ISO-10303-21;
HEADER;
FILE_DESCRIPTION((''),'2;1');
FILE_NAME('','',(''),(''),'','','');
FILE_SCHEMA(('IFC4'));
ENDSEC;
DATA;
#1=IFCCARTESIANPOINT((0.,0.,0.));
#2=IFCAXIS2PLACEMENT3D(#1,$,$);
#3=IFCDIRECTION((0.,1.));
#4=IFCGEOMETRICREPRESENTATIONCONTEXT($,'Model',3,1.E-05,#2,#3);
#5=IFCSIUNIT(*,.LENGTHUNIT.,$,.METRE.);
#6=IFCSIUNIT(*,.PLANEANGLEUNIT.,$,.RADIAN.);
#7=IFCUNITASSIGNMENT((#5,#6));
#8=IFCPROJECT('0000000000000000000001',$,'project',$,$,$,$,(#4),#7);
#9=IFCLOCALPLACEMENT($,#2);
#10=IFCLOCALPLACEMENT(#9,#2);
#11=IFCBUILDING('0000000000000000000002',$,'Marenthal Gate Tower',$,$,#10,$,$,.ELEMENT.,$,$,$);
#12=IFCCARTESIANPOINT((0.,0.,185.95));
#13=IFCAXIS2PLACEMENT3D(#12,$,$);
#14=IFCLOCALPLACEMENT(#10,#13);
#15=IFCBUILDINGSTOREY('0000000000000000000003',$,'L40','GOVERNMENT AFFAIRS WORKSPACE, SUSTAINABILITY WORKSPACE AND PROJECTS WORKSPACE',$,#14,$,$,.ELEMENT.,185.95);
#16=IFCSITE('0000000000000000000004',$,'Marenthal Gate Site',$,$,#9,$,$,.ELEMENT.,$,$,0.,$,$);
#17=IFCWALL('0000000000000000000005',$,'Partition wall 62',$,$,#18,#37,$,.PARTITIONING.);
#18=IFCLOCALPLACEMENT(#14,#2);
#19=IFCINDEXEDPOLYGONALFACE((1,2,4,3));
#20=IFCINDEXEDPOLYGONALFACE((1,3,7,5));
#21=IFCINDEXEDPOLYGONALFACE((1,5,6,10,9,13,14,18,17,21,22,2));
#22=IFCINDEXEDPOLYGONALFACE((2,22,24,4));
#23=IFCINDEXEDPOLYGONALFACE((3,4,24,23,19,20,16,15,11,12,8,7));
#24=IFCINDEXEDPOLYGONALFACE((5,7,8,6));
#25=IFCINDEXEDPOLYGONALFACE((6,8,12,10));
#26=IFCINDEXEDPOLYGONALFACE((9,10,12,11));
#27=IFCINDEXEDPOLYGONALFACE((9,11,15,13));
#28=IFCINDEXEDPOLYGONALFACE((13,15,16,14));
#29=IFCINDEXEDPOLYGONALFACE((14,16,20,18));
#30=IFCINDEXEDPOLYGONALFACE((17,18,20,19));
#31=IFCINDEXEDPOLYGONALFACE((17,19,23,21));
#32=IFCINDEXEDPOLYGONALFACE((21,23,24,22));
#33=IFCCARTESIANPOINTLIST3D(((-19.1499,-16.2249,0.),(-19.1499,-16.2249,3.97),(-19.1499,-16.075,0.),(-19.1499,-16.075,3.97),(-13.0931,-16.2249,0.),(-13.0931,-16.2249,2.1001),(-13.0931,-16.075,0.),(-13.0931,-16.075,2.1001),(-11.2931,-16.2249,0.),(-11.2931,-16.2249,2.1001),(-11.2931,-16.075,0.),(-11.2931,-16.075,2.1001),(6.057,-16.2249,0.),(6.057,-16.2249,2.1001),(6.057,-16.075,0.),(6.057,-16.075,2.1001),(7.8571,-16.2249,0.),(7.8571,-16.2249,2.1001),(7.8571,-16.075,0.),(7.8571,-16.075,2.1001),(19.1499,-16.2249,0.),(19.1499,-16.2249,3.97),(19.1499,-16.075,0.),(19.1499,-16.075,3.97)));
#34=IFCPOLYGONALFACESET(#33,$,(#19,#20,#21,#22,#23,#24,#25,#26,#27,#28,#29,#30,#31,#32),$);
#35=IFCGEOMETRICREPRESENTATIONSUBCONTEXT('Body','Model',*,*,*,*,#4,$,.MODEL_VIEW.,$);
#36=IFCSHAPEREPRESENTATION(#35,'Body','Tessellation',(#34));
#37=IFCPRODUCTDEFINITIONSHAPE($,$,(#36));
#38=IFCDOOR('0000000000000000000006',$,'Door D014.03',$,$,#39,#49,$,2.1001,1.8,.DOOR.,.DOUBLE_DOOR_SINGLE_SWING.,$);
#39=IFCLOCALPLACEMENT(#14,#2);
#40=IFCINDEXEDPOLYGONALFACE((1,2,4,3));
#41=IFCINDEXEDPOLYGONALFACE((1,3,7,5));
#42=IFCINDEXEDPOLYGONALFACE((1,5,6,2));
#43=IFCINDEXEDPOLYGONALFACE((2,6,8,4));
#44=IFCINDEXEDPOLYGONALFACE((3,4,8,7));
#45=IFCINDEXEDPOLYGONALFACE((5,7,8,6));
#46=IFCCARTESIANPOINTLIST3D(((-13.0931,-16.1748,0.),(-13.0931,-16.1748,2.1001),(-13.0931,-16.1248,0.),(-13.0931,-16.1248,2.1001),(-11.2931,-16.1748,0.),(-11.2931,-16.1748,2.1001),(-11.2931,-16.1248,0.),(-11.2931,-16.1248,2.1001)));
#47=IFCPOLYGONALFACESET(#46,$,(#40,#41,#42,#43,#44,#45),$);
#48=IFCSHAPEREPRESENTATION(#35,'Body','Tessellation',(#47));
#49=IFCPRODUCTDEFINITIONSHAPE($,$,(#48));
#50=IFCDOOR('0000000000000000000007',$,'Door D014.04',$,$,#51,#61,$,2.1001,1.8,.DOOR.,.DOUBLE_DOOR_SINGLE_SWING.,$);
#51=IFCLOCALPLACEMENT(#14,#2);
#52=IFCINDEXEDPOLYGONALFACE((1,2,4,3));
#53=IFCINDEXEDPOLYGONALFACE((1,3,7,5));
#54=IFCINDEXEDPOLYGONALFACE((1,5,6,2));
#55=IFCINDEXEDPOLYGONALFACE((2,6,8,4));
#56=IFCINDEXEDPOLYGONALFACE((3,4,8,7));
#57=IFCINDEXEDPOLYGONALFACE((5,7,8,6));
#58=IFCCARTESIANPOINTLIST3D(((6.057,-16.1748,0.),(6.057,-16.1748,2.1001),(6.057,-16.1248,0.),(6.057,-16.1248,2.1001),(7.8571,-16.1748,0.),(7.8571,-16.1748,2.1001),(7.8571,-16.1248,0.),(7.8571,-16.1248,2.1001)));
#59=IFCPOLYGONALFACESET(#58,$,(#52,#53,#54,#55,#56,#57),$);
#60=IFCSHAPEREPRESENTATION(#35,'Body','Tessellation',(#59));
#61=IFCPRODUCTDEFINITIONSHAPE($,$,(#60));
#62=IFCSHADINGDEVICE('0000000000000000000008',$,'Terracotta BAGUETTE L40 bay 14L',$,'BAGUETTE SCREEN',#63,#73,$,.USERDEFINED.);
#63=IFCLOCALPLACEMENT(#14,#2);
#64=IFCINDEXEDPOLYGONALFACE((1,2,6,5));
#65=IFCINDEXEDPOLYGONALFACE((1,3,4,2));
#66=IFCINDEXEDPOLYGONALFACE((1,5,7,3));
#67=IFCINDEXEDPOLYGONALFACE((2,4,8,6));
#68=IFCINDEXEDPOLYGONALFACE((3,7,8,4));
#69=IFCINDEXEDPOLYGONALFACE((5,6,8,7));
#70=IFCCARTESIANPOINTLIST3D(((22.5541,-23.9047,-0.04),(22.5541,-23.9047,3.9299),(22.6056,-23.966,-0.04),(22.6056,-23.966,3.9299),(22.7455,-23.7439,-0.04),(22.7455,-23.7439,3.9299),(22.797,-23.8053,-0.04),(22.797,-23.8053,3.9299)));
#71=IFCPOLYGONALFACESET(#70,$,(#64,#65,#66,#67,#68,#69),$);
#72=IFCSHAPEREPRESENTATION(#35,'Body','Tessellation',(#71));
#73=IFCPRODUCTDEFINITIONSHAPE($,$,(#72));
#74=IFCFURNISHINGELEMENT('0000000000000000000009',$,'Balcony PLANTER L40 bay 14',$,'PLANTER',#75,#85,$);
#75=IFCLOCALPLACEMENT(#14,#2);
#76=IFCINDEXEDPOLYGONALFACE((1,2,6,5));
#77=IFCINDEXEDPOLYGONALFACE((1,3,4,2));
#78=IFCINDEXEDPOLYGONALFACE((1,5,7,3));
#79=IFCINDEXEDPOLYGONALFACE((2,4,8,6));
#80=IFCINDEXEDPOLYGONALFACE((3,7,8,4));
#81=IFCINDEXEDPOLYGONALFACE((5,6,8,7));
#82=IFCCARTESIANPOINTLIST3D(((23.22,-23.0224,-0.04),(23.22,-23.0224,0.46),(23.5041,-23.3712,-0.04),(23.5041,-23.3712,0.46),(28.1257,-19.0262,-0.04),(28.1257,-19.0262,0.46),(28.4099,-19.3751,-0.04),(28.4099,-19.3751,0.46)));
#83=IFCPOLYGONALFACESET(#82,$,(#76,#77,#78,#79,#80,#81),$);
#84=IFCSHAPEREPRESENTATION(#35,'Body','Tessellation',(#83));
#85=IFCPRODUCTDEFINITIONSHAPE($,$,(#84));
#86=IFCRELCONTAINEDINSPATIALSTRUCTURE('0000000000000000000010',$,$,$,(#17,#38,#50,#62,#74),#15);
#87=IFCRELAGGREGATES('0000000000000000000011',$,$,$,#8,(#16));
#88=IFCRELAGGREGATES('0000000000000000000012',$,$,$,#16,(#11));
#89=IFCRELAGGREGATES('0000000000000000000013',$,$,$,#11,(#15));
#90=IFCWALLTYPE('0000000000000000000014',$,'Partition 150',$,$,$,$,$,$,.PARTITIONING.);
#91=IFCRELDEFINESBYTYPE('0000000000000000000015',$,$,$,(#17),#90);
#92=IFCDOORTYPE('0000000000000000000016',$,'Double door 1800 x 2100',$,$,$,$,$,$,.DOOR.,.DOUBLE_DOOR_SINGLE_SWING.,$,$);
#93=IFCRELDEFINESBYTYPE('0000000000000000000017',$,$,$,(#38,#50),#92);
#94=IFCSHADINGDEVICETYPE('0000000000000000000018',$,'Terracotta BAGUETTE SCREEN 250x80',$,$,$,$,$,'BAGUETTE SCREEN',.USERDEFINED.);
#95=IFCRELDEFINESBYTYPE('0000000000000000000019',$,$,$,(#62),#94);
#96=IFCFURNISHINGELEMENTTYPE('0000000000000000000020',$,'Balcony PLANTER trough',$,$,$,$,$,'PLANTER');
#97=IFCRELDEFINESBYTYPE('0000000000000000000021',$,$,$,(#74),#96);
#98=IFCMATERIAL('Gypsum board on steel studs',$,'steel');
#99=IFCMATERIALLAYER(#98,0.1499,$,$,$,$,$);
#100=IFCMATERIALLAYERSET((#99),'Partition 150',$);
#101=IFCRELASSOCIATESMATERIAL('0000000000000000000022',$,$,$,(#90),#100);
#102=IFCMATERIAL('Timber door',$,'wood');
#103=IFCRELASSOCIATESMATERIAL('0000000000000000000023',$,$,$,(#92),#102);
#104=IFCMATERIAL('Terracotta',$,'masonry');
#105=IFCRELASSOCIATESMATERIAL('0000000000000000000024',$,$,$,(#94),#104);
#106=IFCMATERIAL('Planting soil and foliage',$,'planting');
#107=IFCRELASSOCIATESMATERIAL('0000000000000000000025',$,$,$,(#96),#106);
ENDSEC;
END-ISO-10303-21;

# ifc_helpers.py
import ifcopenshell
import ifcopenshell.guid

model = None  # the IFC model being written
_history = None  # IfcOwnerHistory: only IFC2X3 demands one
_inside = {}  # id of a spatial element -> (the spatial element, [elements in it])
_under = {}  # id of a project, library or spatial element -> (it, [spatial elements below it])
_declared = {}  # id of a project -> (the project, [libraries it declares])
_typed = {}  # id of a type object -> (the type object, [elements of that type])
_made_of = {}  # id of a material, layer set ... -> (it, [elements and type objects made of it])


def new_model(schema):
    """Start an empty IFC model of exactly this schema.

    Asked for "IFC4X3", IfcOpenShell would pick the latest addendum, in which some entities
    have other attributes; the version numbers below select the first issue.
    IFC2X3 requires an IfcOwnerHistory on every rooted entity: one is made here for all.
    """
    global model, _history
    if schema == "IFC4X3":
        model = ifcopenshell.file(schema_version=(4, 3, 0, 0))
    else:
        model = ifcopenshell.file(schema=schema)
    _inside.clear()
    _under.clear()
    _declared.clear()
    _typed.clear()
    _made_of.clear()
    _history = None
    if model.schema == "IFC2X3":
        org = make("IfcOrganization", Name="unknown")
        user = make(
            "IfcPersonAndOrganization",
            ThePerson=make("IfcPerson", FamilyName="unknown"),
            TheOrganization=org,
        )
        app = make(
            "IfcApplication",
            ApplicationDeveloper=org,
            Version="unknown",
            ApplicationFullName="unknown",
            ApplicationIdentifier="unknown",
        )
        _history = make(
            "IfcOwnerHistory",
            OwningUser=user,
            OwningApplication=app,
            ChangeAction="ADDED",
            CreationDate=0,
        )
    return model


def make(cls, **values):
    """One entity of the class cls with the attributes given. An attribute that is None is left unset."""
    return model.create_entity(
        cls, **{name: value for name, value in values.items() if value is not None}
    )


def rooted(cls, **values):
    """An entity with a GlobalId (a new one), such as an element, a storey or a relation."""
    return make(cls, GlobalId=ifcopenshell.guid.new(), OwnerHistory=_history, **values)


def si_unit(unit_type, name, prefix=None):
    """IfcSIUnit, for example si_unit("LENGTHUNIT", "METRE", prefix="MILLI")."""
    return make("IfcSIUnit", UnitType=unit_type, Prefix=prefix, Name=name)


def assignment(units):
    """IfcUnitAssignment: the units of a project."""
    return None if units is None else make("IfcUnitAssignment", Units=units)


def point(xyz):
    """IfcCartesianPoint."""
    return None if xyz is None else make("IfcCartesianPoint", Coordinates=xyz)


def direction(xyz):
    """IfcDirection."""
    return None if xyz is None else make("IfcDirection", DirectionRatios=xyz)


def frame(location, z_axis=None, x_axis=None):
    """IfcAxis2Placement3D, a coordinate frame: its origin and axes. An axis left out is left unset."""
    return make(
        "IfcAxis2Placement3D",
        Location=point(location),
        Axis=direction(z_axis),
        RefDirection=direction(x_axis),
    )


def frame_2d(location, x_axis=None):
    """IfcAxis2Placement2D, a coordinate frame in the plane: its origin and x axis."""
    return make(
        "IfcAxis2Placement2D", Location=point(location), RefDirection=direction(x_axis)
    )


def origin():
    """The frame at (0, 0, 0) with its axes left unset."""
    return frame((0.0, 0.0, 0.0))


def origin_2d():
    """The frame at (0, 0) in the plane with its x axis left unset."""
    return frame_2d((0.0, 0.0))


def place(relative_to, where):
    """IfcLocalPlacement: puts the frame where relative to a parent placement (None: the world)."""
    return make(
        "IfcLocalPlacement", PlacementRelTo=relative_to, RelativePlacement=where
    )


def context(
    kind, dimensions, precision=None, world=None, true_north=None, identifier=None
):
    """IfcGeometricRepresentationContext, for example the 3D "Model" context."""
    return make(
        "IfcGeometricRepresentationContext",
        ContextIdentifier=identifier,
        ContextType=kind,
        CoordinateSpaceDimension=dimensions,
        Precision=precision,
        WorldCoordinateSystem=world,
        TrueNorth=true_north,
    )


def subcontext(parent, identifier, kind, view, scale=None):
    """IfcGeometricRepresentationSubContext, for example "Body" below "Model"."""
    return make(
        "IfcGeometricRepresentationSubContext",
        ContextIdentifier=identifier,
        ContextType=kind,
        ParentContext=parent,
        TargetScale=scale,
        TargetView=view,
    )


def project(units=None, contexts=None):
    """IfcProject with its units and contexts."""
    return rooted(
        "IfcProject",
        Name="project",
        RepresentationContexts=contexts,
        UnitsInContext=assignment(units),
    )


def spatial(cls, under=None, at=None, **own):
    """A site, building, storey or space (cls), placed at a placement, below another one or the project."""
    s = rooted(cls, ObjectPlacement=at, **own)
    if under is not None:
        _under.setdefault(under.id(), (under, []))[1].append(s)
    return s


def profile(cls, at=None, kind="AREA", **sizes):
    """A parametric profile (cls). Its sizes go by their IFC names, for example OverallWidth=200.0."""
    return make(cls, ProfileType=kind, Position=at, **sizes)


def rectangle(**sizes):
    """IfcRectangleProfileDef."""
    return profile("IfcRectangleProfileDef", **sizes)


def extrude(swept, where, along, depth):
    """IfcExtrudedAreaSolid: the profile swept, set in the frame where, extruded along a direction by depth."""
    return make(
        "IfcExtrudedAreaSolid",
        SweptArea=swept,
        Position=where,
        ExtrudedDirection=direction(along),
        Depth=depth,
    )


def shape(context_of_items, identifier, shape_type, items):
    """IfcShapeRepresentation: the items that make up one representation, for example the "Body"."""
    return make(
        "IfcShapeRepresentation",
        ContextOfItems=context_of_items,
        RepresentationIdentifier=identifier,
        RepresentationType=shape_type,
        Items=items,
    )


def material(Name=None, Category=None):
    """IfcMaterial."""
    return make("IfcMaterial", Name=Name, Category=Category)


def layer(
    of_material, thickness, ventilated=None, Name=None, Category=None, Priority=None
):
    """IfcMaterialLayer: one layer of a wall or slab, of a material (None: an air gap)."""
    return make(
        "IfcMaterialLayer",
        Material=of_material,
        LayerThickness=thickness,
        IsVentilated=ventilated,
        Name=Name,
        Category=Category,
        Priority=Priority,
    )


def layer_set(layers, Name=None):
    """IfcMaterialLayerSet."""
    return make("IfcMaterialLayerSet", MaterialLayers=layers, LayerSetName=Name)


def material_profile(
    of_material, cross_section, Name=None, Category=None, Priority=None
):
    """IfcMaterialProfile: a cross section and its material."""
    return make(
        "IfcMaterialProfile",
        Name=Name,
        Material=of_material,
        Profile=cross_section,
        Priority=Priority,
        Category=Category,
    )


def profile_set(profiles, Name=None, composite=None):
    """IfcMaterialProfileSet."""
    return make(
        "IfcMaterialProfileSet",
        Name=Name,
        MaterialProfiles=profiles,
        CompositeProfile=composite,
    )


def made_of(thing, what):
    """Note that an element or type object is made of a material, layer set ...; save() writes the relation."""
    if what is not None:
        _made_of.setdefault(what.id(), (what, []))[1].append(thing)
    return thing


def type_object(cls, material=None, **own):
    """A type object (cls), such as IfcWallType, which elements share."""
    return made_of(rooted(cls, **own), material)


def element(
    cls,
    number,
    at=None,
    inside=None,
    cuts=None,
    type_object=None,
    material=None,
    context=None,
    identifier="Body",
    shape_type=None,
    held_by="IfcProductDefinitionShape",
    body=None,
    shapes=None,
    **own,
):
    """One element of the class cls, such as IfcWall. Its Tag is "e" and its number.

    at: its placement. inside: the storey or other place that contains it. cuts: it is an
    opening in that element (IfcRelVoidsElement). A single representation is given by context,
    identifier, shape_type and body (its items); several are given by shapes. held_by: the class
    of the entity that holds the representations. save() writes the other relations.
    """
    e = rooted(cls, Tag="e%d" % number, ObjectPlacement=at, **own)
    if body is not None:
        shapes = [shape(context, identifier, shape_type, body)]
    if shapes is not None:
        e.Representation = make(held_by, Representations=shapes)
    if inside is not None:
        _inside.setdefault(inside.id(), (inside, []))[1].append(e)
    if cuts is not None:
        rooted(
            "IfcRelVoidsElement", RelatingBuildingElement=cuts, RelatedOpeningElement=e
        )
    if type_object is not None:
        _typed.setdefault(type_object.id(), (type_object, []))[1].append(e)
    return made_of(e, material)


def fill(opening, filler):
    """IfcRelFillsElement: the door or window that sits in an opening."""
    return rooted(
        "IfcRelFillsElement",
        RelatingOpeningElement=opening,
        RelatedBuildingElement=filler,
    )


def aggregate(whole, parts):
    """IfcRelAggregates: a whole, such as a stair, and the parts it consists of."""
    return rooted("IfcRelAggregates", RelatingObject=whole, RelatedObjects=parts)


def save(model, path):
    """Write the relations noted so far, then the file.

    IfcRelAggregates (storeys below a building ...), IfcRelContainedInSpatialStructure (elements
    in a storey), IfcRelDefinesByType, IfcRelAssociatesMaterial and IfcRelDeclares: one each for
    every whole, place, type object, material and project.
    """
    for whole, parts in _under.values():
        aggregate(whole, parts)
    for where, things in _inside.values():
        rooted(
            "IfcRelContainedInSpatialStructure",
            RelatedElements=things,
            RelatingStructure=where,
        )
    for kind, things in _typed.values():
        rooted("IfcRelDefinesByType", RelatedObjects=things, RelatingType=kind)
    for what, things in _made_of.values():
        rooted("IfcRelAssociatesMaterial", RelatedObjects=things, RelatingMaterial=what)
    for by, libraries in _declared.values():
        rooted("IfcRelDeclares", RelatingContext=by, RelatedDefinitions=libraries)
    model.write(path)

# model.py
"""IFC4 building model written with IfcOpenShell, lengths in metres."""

from ifc_helpers import new_model, si_unit, direction, frame, frame_2d, origin, origin_2d, place, context, subcontext, project, spatial, rectangle, extrude, material, layer, layer_set, material_profile, profile_set, type_object, element, fill, save


model = new_model("IFC4")

# Units and contexts
model_context = context("Model", 3, precision=1e-05, world=origin(), true_north=direction((0.0, 1.0)))
body_context = subcontext(model_context, "Body", "Model", "MODEL_VIEW")
ifc_project = project(units=[si_unit("LENGTHUNIT", "METRE"), si_unit("PLANEANGLEUNIT", "RADIAN")], contexts=[model_context])

# Site, building, storey
site_placement = place(None, origin())
site = spatial("IfcSite", under=ifc_project, at=site_placement, Name="Marenthal Gate Site", CompositionType="ELEMENT", RefElevation=0.0)
building_placement = place(site_placement, origin())
building = spatial("IfcBuilding", under=site, at=building_placement, Name="Marenthal Gate Tower", CompositionType="ELEMENT")
storey_placement = place(building_placement, frame((0.0, 0.0, 185.95)))
storey = spatial("IfcBuildingStorey", under=building, at=storey_placement, Name="L40", Description="GOVERNMENT AFFAIRS WORKSPACE, SUSTAINABILITY WORKSPACE AND PROJECTS WORKSPACE", CompositionType="ELEMENT", Elevation=185.95)

# Wall, openings, doors
ifc_material_1 = material(Name="Gypsum board on steel studs", Category="steel")
ifc_layer_1 = layer(ifc_material_1, 0.1499)
ifc_layer_set_1 = layer_set([ifc_layer_1], Name="Partition 150")
wall_type_1 = type_object("IfcWallType", Name="Partition 150", PredefinedType="PARTITIONING", material=ifc_layer_set_1)
wall_1_placement = place(storey_placement, frame((19.1499, -16.1499, 0.0), z_axis=(0.0, 0.0, 1.0), x_axis=(-1.0, 0.0, 0.0)))
wall_1 = element("IfcWall", 1, at=wall_1_placement, inside=storey, type_object=wall_type_1, Name="Partition wall 62", PredefinedType="PARTITIONING", context=body_context, shape_type="SweptSolid", body=[
    extrude(rectangle(XDim=38.2998, YDim=0.1499, at=frame_2d((19.1499, 0.0))), origin(), (0.0, 0.0, 1.0), 3.97),
])
opening_1_placement = place(wall_1_placement, frame((30.4431, 0.0, 0.0)))
opening_1 = element("IfcOpeningElement", 2, at=opening_1_placement, cuts=wall_1, PredefinedType="OPENING", context=body_context, shape_type="SweptSolid", body=[
    extrude(rectangle(XDim=1.8, YDim=2.1001, at=frame_2d((0.8999, 1.05))), frame((0.0, 0.085, 0.0), z_axis=(0.0, -1.0, 0.0), x_axis=(1.0, 0.0, 0.0)), (0.0, 0.0, 1.0), 0.1699),
])
opening_2_placement = place(wall_1_placement, frame((11.293, 0.0, 0.0)))
opening_2 = element("IfcOpeningElement", 3, at=opening_2_placement, cuts=wall_1, PredefinedType="OPENING", context=body_context, shape_type="SweptSolid", body=[
    extrude(rectangle(XDim=1.8, YDim=2.1001, at=frame_2d((0.8999, 1.05))), frame((0.0, 0.085, 0.0), z_axis=(0.0, -1.0, 0.0), x_axis=(1.0, 0.0, 0.0)), (0.0, 0.0, 1.0), 0.1699),
])
ifc_material_2 = material(Name="Timber door", Category="wood")
door_type_1 = type_object("IfcDoorType", Name="Double door 1800 x 2100", OperationType="DOUBLE_DOOR_SINGLE_SWING", PredefinedType="DOOR", material=ifc_material_2)
door_1_placement = place(opening_1_placement, origin())
door_1 = element("IfcDoor", 4, at=door_1_placement, inside=storey, type_object=door_type_1, Name="Door D014.03", OperationType="DOUBLE_DOOR_SINGLE_SWING", OverallHeight=2.1001, OverallWidth=1.8, PredefinedType="DOOR", context=body_context, shape_type="SweptSolid", body=[
    extrude(rectangle(XDim=1.8, YDim=2.1001, at=frame_2d((0.8999, 1.05))), frame((0.0, 0.0249, 0.0), z_axis=(0.0, -1.0, 0.0), x_axis=(1.0, 0.0, 0.0)), (0.0, 0.0, 1.0), 0.05),
])
fill(opening_1, door_1)
door_2_placement = place(opening_2_placement, origin())
door_2 = element("IfcDoor", 5, at=door_2_placement, inside=storey, type_object=door_type_1, Name="Door D014.04", OperationType="DOUBLE_DOOR_SINGLE_SWING", OverallHeight=2.1001, OverallWidth=1.8, PredefinedType="DOOR", context=body_context, shape_type="SweptSolid", body=[
    extrude(rectangle(XDim=1.8, YDim=2.1001, at=frame_2d((0.8999, 1.05))), frame((0.0, 0.0249, 0.0), z_axis=(0.0, -1.0, 0.0), x_axis=(1.0, 0.0, 0.0)), (0.0, 0.0, 1.0), 0.05),
])
fill(opening_2, door_2)

# Shading device
ifc_material_3 = material(Name="Terracotta", Category="masonry")
ifc_material_profile_1 = material_profile(ifc_material_3, rectangle(XDim=0.25, YDim=0.0801, at=origin_2d()), Name="Terracotta baguette 250x80")
ifc_profile_set_1 = profile_set([ifc_material_profile_1], Name="Terracotta")
shading_device_type = type_object("IfcShadingDeviceType", Name="Terracotta BAGUETTE SCREEN 250x80", ElementType="BAGUETTE SCREEN", PredefinedType="USERDEFINED", material=ifc_profile_set_1)
shading_device_placement = place(storey_placement, frame((22.6755, -23.855, -0.04), z_axis=(0.0, 0.0, 1.0), x_axis=(0.76578, 0.643103, 0.0)))
element("IfcShadingDevice", 6, at=shading_device_placement, inside=storey, type_object=shading_device_type, Name="Terracotta BAGUETTE L40 bay 14L", ObjectType="BAGUETTE SCREEN", PredefinedType="USERDEFINED", context=body_context, shape_type="SweptSolid", body=[
    extrude(rectangle(XDim=0.25, YDim=0.0801, at=origin_2d()), origin(), (0.0, 0.0, 1.0), 3.97),
])

# Furnishing element
ifc_material_4 = material(Name="Planting soil and foliage", Category="planting")
furnishing_element_type = type_object("IfcFurnishingElementType", Name="Balcony PLANTER trough", ElementType="PLANTER", material=ifc_material_4)
furnishing_placement = place(storey_placement, frame((25.8149, -21.1987, -0.04), z_axis=(0.0, 0.0, 1.0), x_axis=(0.775322, 0.631567, 0.0)))
element("IfcFurnishingElement", 7, at=furnishing_placement, inside=storey, type_object=furnishing_element_type, Name="Balcony PLANTER L40 bay 14", ObjectType="PLANTER", context=body_context, shape_type="SweptSolid", body=[
    extrude(rectangle(XDim=6.3274, YDim=0.45, at=origin_2d()), origin(), (0.0, 0.0, 1.0), 0.5),
])

save(model, "model.ifc")
